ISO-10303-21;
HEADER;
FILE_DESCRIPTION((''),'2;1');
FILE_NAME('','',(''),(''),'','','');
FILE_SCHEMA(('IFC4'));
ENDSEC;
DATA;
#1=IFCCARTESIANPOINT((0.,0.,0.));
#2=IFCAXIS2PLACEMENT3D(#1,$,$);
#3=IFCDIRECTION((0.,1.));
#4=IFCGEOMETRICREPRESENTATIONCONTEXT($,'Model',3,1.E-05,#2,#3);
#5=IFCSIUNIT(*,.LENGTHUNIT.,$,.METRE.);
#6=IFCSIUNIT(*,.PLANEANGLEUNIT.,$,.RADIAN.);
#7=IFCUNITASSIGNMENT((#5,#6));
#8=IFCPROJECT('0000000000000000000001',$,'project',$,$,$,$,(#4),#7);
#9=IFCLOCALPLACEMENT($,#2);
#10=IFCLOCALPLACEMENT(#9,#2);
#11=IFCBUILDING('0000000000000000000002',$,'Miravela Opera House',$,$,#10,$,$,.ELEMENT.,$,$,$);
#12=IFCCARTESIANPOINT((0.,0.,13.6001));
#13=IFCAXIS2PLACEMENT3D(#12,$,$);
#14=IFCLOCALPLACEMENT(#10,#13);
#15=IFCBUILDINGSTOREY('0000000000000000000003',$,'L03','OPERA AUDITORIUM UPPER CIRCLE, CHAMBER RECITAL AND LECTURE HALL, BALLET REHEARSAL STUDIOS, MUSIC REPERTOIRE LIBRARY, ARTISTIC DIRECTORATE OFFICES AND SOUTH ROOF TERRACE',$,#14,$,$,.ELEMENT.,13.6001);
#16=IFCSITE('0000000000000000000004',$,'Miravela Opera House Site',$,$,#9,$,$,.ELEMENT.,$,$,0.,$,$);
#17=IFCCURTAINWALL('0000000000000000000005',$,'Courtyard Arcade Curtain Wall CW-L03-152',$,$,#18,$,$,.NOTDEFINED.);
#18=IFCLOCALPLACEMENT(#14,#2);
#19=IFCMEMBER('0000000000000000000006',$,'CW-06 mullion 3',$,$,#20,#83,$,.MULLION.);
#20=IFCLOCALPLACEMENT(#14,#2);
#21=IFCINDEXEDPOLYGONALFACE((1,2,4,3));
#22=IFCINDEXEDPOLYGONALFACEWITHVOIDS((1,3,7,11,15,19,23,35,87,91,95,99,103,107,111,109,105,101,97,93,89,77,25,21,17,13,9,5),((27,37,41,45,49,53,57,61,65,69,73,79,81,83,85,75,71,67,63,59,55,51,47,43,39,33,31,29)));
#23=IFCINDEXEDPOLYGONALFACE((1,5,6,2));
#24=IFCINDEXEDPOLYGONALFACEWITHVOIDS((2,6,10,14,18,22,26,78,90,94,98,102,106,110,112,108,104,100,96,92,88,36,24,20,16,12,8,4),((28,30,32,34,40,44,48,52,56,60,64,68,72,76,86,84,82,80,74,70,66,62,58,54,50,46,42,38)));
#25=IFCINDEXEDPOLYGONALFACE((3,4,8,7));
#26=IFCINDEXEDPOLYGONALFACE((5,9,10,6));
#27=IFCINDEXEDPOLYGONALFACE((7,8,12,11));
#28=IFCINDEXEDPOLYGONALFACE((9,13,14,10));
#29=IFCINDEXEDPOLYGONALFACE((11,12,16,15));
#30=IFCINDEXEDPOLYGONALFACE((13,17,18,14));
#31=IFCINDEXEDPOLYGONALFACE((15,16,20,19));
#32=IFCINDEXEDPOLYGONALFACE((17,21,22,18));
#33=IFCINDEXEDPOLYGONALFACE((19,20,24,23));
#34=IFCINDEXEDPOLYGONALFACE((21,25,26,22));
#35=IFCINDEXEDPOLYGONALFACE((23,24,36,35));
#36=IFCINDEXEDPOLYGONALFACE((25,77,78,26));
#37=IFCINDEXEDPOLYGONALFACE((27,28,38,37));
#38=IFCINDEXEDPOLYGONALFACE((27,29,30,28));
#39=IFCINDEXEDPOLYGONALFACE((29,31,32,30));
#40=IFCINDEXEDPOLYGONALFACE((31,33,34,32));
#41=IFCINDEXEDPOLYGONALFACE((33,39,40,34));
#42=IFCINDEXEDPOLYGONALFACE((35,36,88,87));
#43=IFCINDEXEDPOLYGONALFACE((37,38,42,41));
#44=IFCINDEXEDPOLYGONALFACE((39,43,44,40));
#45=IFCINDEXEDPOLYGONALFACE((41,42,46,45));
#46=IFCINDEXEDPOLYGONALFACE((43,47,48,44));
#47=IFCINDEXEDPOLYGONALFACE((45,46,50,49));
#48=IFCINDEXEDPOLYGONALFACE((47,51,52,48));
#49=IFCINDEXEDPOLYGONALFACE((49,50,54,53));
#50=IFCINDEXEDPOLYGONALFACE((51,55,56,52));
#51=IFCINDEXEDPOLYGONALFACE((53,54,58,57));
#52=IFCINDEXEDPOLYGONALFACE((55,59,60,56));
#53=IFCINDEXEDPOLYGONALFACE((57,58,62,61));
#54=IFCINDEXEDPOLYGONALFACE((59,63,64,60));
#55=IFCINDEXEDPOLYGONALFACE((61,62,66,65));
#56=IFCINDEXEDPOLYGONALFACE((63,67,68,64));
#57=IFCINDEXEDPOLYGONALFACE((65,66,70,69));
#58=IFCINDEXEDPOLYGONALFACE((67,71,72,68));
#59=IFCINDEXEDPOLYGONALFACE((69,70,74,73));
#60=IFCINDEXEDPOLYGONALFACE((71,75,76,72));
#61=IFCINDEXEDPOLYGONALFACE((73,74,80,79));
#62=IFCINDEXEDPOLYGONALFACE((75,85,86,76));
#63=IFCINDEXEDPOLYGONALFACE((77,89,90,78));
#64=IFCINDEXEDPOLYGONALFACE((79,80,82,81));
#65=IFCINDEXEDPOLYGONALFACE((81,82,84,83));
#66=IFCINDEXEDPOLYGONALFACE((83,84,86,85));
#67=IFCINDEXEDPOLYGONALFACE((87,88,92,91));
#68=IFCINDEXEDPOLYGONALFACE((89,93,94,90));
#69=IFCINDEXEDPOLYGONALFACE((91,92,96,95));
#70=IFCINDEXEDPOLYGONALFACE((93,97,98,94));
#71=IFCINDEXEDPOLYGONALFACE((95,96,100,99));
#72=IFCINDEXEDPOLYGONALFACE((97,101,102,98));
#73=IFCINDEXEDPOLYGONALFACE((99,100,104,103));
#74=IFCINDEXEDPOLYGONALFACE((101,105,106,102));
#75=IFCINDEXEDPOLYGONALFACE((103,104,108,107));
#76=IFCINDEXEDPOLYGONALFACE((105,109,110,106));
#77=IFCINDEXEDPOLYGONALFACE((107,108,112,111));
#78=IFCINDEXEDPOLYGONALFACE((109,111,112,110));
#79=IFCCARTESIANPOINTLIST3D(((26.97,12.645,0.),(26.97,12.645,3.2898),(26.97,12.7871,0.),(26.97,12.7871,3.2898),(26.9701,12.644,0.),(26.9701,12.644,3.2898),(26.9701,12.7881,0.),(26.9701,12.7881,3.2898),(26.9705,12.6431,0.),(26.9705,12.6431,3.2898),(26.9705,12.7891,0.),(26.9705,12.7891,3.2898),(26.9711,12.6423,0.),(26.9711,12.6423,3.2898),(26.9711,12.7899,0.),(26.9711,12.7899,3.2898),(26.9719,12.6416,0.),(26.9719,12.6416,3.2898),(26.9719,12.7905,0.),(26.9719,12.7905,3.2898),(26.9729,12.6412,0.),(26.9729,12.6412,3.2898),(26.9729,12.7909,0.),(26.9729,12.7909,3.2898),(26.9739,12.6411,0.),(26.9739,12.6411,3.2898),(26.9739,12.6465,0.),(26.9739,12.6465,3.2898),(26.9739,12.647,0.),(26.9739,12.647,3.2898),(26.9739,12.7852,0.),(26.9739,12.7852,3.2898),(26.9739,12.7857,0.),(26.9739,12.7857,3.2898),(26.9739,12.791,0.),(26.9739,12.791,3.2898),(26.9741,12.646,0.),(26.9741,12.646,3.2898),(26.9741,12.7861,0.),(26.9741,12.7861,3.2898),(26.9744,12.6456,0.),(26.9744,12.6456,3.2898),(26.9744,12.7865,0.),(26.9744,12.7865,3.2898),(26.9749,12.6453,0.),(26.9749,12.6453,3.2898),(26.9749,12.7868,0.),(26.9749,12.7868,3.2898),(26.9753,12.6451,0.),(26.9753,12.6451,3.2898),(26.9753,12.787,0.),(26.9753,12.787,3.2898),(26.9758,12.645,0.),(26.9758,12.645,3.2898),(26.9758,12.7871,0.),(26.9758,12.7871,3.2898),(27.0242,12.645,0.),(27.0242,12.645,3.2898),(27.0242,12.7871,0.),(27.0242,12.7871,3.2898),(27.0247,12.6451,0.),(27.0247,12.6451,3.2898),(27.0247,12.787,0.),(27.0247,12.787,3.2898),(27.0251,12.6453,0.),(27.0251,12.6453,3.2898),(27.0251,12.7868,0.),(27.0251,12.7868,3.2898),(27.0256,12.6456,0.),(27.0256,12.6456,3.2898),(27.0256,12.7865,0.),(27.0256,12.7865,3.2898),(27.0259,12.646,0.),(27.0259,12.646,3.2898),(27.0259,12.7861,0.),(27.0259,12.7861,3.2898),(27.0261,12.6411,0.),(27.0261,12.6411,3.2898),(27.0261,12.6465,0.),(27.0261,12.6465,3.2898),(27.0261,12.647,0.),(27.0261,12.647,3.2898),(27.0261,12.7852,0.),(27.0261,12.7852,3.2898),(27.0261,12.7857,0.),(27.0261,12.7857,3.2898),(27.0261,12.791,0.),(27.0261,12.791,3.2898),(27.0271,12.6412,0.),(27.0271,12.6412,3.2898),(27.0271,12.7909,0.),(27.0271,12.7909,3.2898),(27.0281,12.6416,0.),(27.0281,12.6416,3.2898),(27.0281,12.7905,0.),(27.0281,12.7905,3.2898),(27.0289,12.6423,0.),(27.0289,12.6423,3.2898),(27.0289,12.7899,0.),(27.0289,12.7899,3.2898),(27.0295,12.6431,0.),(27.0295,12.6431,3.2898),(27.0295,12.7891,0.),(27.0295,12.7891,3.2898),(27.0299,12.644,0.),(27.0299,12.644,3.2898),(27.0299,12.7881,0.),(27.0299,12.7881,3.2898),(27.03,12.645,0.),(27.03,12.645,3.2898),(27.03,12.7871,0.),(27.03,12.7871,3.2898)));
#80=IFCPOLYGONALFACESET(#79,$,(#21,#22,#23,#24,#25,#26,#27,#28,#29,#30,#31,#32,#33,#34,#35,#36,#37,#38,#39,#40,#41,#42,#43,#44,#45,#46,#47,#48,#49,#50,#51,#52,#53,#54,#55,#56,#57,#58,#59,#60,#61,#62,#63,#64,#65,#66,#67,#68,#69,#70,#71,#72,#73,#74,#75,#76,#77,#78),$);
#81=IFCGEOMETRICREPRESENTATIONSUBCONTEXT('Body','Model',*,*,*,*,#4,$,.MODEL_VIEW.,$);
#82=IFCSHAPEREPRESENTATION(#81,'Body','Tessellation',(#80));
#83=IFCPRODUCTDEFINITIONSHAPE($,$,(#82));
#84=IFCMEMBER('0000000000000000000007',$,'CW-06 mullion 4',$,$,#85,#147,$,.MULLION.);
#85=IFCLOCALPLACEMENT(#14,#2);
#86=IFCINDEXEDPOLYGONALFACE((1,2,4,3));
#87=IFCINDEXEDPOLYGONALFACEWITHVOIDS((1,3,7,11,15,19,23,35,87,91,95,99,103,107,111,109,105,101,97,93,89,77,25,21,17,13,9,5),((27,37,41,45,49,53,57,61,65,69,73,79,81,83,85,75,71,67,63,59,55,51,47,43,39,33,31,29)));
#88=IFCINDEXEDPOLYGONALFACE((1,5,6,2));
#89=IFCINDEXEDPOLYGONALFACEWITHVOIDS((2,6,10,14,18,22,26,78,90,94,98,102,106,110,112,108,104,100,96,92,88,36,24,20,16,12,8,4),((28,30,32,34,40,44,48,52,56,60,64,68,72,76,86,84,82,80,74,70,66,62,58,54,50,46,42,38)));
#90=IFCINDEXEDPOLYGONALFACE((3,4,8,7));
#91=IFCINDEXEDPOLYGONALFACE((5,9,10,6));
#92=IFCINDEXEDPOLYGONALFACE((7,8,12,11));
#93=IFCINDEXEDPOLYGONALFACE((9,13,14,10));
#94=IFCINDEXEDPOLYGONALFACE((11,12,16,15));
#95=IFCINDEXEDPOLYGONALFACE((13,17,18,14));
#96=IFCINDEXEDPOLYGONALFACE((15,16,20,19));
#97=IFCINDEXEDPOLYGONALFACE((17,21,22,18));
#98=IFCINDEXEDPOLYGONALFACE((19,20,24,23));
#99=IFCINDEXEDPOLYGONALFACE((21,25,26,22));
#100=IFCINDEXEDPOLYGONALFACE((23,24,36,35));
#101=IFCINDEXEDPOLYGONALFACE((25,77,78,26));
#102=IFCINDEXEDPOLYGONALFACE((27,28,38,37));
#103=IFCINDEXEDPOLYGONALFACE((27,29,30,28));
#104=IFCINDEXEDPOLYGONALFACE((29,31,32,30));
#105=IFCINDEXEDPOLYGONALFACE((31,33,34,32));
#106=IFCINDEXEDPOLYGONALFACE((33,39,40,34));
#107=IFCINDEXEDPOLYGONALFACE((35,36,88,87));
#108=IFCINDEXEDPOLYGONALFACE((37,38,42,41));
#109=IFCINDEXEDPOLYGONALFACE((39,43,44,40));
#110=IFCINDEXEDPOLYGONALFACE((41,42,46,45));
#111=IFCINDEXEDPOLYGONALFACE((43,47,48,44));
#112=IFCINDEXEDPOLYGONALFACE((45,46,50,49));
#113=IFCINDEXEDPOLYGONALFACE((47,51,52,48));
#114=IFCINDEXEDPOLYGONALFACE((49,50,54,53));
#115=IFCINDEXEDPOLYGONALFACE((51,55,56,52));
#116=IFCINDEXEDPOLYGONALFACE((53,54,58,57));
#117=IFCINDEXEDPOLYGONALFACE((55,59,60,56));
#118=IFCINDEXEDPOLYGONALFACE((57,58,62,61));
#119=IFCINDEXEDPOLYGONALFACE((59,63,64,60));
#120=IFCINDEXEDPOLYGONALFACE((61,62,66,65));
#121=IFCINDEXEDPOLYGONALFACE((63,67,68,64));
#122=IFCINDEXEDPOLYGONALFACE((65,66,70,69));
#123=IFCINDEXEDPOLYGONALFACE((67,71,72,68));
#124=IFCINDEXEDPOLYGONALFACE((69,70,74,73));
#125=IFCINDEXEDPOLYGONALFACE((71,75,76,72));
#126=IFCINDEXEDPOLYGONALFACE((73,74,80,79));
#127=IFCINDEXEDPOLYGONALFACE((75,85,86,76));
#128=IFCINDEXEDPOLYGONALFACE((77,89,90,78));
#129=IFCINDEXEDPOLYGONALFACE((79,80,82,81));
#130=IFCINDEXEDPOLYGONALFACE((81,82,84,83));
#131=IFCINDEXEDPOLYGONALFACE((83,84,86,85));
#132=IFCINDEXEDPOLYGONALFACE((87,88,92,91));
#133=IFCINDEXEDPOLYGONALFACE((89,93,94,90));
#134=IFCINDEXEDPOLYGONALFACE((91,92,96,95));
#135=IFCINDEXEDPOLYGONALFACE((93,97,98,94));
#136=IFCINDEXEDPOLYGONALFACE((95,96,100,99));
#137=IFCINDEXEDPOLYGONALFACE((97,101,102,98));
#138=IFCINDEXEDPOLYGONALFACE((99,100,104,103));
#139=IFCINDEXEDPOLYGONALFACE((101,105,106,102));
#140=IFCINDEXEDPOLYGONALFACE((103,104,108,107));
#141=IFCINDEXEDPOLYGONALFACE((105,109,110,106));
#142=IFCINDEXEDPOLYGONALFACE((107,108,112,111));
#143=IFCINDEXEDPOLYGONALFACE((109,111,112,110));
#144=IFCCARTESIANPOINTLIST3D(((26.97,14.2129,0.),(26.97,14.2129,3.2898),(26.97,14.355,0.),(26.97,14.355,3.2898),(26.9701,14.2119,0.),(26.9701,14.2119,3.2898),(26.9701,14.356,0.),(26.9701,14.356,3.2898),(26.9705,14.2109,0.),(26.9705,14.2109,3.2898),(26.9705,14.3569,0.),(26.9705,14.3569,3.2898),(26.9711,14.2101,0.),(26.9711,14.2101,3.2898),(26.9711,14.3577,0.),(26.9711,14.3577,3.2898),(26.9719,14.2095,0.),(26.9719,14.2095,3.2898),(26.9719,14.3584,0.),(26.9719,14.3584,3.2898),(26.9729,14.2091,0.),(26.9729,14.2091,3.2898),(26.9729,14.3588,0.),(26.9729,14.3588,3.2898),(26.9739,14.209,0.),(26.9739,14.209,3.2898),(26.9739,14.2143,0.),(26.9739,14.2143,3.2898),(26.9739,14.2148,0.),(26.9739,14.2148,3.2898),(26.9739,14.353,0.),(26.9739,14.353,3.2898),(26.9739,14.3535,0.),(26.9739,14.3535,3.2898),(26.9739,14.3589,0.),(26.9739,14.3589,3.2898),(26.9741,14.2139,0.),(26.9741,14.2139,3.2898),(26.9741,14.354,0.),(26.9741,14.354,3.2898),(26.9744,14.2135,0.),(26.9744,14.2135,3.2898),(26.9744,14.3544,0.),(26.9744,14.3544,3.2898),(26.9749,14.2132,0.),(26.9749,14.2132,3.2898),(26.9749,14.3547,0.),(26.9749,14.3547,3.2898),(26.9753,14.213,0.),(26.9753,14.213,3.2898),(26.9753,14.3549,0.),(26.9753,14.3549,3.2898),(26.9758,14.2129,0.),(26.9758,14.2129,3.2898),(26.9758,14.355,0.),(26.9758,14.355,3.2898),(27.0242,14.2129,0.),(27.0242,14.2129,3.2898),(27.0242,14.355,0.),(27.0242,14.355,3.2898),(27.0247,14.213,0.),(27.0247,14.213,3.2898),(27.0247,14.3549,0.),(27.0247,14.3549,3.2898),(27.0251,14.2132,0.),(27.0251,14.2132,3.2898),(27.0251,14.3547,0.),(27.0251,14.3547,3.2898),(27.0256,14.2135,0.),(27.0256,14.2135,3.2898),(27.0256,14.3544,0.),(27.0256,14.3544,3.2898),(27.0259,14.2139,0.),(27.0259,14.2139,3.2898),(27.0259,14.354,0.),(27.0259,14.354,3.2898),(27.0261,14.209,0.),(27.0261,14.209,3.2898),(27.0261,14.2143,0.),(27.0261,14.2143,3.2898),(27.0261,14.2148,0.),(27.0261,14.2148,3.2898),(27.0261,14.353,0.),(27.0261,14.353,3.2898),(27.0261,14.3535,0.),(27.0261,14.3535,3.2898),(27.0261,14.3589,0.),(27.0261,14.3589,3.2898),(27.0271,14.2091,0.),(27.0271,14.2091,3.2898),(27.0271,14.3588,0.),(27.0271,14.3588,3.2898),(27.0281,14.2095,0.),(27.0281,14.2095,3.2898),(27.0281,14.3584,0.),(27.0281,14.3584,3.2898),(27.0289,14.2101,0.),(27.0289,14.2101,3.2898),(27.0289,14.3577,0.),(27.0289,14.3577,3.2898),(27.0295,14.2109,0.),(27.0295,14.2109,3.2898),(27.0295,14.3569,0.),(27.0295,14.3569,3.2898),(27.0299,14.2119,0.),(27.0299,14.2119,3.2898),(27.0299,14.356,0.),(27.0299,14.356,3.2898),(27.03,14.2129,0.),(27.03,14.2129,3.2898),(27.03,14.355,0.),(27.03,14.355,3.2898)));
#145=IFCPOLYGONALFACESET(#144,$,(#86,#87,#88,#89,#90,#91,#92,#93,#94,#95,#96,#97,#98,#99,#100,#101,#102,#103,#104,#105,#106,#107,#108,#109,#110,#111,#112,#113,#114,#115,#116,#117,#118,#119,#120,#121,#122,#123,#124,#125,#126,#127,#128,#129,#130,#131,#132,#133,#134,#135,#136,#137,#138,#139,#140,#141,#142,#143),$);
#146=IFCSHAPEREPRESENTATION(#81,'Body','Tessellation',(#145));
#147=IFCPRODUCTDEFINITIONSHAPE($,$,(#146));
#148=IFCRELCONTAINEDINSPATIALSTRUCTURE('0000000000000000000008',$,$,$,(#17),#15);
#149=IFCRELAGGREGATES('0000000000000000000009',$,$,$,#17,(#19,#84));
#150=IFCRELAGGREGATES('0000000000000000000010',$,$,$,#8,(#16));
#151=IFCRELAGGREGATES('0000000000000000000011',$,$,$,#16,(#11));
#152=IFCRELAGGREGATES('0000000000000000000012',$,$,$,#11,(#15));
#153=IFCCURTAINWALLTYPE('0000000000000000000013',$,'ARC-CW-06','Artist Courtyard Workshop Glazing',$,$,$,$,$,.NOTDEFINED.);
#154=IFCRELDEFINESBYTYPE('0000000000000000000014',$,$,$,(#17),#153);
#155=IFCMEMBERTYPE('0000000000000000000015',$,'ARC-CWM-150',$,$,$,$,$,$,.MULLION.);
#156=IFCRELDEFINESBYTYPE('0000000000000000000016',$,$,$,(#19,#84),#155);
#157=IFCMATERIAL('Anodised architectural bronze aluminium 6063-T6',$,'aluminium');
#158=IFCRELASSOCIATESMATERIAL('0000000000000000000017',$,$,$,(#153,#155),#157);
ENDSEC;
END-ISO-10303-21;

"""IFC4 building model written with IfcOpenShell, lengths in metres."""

from ifc_helpers import new_model, si_unit, direction, frame, origin, origin_2d, place, context, subcontext, project, spatial, hollow_rectangle, extrude, material, material_profile, profile_set, type_object, element, aggregate, save


model = new_model("IFC4")

# Units and contexts
model_context = context("Model", 3, precision=1e-05, world=origin(), true_north=direction((0.0, 1.0)))
body_context = subcontext(model_context, "Body", "Model", "MODEL_VIEW")
ifc_project = project(units=[si_unit("LENGTHUNIT", "METRE"), si_unit("PLANEANGLEUNIT", "RADIAN")], contexts=[model_context])

# Site, building, storey
site_placement = place(None, origin())
site = spatial("IfcSite", under=ifc_project, at=site_placement, Name="Miravela Opera House Site", CompositionType="ELEMENT", RefElevation=0.0)
building_placement = place(site_placement, origin())
building = spatial("IfcBuilding", under=site, at=building_placement, Name="Miravela Opera House", CompositionType="ELEMENT")
storey_placement = place(building_placement, frame((0.0, 0.0, 13.6001)))
storey = spatial("IfcBuildingStorey", under=building, at=storey_placement, Name="L03", Description="OPERA AUDITORIUM UPPER CIRCLE, CHAMBER RECITAL AND LECTURE HALL, BALLET REHEARSAL STUDIOS, MUSIC REPERTOIRE LIBRARY, ARTISTIC DIRECTORATE OFFICES AND SOUTH ROOF TERRACE", CompositionType="ELEMENT", Elevation=13.6001)

# Curtain wall, members
ifc_material_1 = material(Name="Anodised architectural bronze aluminium 6063-T6", Category="aluminium")
curtain_wall_type = type_object("IfcCurtainWallType", Name="ARC-CW-06", Description="Artist Courtyard Workshop Glazing", PredefinedType="NOTDEFINED", material=ifc_material_1)
curtain_wall_placement = place(storey_placement, origin())
curtain_wall = element("IfcCurtainWall", 1, at=curtain_wall_placement, inside=storey, type_object=curtain_wall_type, Name="Courtyard Arcade Curtain Wall CW-L03-152", PredefinedType="NOTDEFINED")
ifc_material_profile_1 = material_profile(ifc_material_1, hollow_rectangle(XDim=0.0601, YDim=0.1499, WallThickness=0.0039, InnerFilletRadius=0.002, OuterFilletRadius=0.0039, at=origin_2d()), Name="CWM-60X150")
ifc_profile_set_1 = profile_set([ifc_material_profile_1])
member_type_1 = type_object("IfcMemberType", Name="ARC-CWM-150", PredefinedType="MULLION", material=ifc_profile_set_1)
member_1_placement = place(storey_placement, frame((27.0, 12.7161, 0.0), z_axis=(0.0, 0.0, 1.0), x_axis=(-1.0, 0.0, 0.0)))
member_1 = element("IfcMember", 2, at=member_1_placement, type_object=member_type_1, Name="CW-06 mullion 3", PredefinedType="MULLION", context=body_context, shape_type="SweptSolid", body=[
    extrude(hollow_rectangle(XDim=0.0601, YDim=0.1499, WallThickness=0.0039, InnerFilletRadius=0.002, OuterFilletRadius=0.0039, at=origin_2d()), origin(), (0.0, 0.0, 1.0), 3.2898),
])
member_2_placement = place(storey_placement, frame((27.0, 14.2839, 0.0), z_axis=(0.0, 0.0, 1.0), x_axis=(-1.0, 0.0, 0.0)))
member_2 = element("IfcMember", 3, at=member_2_placement, type_object=member_type_1, Name="CW-06 mullion 4", PredefinedType="MULLION", context=body_context, shape_type="SweptSolid", body=[
    extrude(hollow_rectangle(XDim=0.0601, YDim=0.1499, WallThickness=0.0039, InnerFilletRadius=0.002, OuterFilletRadius=0.0039, at=origin_2d()), origin(), (0.0, 0.0, 1.0), 3.2898),
])

aggregate(curtain_wall, [member_1, member_2])

save(model, "model.ifc")
